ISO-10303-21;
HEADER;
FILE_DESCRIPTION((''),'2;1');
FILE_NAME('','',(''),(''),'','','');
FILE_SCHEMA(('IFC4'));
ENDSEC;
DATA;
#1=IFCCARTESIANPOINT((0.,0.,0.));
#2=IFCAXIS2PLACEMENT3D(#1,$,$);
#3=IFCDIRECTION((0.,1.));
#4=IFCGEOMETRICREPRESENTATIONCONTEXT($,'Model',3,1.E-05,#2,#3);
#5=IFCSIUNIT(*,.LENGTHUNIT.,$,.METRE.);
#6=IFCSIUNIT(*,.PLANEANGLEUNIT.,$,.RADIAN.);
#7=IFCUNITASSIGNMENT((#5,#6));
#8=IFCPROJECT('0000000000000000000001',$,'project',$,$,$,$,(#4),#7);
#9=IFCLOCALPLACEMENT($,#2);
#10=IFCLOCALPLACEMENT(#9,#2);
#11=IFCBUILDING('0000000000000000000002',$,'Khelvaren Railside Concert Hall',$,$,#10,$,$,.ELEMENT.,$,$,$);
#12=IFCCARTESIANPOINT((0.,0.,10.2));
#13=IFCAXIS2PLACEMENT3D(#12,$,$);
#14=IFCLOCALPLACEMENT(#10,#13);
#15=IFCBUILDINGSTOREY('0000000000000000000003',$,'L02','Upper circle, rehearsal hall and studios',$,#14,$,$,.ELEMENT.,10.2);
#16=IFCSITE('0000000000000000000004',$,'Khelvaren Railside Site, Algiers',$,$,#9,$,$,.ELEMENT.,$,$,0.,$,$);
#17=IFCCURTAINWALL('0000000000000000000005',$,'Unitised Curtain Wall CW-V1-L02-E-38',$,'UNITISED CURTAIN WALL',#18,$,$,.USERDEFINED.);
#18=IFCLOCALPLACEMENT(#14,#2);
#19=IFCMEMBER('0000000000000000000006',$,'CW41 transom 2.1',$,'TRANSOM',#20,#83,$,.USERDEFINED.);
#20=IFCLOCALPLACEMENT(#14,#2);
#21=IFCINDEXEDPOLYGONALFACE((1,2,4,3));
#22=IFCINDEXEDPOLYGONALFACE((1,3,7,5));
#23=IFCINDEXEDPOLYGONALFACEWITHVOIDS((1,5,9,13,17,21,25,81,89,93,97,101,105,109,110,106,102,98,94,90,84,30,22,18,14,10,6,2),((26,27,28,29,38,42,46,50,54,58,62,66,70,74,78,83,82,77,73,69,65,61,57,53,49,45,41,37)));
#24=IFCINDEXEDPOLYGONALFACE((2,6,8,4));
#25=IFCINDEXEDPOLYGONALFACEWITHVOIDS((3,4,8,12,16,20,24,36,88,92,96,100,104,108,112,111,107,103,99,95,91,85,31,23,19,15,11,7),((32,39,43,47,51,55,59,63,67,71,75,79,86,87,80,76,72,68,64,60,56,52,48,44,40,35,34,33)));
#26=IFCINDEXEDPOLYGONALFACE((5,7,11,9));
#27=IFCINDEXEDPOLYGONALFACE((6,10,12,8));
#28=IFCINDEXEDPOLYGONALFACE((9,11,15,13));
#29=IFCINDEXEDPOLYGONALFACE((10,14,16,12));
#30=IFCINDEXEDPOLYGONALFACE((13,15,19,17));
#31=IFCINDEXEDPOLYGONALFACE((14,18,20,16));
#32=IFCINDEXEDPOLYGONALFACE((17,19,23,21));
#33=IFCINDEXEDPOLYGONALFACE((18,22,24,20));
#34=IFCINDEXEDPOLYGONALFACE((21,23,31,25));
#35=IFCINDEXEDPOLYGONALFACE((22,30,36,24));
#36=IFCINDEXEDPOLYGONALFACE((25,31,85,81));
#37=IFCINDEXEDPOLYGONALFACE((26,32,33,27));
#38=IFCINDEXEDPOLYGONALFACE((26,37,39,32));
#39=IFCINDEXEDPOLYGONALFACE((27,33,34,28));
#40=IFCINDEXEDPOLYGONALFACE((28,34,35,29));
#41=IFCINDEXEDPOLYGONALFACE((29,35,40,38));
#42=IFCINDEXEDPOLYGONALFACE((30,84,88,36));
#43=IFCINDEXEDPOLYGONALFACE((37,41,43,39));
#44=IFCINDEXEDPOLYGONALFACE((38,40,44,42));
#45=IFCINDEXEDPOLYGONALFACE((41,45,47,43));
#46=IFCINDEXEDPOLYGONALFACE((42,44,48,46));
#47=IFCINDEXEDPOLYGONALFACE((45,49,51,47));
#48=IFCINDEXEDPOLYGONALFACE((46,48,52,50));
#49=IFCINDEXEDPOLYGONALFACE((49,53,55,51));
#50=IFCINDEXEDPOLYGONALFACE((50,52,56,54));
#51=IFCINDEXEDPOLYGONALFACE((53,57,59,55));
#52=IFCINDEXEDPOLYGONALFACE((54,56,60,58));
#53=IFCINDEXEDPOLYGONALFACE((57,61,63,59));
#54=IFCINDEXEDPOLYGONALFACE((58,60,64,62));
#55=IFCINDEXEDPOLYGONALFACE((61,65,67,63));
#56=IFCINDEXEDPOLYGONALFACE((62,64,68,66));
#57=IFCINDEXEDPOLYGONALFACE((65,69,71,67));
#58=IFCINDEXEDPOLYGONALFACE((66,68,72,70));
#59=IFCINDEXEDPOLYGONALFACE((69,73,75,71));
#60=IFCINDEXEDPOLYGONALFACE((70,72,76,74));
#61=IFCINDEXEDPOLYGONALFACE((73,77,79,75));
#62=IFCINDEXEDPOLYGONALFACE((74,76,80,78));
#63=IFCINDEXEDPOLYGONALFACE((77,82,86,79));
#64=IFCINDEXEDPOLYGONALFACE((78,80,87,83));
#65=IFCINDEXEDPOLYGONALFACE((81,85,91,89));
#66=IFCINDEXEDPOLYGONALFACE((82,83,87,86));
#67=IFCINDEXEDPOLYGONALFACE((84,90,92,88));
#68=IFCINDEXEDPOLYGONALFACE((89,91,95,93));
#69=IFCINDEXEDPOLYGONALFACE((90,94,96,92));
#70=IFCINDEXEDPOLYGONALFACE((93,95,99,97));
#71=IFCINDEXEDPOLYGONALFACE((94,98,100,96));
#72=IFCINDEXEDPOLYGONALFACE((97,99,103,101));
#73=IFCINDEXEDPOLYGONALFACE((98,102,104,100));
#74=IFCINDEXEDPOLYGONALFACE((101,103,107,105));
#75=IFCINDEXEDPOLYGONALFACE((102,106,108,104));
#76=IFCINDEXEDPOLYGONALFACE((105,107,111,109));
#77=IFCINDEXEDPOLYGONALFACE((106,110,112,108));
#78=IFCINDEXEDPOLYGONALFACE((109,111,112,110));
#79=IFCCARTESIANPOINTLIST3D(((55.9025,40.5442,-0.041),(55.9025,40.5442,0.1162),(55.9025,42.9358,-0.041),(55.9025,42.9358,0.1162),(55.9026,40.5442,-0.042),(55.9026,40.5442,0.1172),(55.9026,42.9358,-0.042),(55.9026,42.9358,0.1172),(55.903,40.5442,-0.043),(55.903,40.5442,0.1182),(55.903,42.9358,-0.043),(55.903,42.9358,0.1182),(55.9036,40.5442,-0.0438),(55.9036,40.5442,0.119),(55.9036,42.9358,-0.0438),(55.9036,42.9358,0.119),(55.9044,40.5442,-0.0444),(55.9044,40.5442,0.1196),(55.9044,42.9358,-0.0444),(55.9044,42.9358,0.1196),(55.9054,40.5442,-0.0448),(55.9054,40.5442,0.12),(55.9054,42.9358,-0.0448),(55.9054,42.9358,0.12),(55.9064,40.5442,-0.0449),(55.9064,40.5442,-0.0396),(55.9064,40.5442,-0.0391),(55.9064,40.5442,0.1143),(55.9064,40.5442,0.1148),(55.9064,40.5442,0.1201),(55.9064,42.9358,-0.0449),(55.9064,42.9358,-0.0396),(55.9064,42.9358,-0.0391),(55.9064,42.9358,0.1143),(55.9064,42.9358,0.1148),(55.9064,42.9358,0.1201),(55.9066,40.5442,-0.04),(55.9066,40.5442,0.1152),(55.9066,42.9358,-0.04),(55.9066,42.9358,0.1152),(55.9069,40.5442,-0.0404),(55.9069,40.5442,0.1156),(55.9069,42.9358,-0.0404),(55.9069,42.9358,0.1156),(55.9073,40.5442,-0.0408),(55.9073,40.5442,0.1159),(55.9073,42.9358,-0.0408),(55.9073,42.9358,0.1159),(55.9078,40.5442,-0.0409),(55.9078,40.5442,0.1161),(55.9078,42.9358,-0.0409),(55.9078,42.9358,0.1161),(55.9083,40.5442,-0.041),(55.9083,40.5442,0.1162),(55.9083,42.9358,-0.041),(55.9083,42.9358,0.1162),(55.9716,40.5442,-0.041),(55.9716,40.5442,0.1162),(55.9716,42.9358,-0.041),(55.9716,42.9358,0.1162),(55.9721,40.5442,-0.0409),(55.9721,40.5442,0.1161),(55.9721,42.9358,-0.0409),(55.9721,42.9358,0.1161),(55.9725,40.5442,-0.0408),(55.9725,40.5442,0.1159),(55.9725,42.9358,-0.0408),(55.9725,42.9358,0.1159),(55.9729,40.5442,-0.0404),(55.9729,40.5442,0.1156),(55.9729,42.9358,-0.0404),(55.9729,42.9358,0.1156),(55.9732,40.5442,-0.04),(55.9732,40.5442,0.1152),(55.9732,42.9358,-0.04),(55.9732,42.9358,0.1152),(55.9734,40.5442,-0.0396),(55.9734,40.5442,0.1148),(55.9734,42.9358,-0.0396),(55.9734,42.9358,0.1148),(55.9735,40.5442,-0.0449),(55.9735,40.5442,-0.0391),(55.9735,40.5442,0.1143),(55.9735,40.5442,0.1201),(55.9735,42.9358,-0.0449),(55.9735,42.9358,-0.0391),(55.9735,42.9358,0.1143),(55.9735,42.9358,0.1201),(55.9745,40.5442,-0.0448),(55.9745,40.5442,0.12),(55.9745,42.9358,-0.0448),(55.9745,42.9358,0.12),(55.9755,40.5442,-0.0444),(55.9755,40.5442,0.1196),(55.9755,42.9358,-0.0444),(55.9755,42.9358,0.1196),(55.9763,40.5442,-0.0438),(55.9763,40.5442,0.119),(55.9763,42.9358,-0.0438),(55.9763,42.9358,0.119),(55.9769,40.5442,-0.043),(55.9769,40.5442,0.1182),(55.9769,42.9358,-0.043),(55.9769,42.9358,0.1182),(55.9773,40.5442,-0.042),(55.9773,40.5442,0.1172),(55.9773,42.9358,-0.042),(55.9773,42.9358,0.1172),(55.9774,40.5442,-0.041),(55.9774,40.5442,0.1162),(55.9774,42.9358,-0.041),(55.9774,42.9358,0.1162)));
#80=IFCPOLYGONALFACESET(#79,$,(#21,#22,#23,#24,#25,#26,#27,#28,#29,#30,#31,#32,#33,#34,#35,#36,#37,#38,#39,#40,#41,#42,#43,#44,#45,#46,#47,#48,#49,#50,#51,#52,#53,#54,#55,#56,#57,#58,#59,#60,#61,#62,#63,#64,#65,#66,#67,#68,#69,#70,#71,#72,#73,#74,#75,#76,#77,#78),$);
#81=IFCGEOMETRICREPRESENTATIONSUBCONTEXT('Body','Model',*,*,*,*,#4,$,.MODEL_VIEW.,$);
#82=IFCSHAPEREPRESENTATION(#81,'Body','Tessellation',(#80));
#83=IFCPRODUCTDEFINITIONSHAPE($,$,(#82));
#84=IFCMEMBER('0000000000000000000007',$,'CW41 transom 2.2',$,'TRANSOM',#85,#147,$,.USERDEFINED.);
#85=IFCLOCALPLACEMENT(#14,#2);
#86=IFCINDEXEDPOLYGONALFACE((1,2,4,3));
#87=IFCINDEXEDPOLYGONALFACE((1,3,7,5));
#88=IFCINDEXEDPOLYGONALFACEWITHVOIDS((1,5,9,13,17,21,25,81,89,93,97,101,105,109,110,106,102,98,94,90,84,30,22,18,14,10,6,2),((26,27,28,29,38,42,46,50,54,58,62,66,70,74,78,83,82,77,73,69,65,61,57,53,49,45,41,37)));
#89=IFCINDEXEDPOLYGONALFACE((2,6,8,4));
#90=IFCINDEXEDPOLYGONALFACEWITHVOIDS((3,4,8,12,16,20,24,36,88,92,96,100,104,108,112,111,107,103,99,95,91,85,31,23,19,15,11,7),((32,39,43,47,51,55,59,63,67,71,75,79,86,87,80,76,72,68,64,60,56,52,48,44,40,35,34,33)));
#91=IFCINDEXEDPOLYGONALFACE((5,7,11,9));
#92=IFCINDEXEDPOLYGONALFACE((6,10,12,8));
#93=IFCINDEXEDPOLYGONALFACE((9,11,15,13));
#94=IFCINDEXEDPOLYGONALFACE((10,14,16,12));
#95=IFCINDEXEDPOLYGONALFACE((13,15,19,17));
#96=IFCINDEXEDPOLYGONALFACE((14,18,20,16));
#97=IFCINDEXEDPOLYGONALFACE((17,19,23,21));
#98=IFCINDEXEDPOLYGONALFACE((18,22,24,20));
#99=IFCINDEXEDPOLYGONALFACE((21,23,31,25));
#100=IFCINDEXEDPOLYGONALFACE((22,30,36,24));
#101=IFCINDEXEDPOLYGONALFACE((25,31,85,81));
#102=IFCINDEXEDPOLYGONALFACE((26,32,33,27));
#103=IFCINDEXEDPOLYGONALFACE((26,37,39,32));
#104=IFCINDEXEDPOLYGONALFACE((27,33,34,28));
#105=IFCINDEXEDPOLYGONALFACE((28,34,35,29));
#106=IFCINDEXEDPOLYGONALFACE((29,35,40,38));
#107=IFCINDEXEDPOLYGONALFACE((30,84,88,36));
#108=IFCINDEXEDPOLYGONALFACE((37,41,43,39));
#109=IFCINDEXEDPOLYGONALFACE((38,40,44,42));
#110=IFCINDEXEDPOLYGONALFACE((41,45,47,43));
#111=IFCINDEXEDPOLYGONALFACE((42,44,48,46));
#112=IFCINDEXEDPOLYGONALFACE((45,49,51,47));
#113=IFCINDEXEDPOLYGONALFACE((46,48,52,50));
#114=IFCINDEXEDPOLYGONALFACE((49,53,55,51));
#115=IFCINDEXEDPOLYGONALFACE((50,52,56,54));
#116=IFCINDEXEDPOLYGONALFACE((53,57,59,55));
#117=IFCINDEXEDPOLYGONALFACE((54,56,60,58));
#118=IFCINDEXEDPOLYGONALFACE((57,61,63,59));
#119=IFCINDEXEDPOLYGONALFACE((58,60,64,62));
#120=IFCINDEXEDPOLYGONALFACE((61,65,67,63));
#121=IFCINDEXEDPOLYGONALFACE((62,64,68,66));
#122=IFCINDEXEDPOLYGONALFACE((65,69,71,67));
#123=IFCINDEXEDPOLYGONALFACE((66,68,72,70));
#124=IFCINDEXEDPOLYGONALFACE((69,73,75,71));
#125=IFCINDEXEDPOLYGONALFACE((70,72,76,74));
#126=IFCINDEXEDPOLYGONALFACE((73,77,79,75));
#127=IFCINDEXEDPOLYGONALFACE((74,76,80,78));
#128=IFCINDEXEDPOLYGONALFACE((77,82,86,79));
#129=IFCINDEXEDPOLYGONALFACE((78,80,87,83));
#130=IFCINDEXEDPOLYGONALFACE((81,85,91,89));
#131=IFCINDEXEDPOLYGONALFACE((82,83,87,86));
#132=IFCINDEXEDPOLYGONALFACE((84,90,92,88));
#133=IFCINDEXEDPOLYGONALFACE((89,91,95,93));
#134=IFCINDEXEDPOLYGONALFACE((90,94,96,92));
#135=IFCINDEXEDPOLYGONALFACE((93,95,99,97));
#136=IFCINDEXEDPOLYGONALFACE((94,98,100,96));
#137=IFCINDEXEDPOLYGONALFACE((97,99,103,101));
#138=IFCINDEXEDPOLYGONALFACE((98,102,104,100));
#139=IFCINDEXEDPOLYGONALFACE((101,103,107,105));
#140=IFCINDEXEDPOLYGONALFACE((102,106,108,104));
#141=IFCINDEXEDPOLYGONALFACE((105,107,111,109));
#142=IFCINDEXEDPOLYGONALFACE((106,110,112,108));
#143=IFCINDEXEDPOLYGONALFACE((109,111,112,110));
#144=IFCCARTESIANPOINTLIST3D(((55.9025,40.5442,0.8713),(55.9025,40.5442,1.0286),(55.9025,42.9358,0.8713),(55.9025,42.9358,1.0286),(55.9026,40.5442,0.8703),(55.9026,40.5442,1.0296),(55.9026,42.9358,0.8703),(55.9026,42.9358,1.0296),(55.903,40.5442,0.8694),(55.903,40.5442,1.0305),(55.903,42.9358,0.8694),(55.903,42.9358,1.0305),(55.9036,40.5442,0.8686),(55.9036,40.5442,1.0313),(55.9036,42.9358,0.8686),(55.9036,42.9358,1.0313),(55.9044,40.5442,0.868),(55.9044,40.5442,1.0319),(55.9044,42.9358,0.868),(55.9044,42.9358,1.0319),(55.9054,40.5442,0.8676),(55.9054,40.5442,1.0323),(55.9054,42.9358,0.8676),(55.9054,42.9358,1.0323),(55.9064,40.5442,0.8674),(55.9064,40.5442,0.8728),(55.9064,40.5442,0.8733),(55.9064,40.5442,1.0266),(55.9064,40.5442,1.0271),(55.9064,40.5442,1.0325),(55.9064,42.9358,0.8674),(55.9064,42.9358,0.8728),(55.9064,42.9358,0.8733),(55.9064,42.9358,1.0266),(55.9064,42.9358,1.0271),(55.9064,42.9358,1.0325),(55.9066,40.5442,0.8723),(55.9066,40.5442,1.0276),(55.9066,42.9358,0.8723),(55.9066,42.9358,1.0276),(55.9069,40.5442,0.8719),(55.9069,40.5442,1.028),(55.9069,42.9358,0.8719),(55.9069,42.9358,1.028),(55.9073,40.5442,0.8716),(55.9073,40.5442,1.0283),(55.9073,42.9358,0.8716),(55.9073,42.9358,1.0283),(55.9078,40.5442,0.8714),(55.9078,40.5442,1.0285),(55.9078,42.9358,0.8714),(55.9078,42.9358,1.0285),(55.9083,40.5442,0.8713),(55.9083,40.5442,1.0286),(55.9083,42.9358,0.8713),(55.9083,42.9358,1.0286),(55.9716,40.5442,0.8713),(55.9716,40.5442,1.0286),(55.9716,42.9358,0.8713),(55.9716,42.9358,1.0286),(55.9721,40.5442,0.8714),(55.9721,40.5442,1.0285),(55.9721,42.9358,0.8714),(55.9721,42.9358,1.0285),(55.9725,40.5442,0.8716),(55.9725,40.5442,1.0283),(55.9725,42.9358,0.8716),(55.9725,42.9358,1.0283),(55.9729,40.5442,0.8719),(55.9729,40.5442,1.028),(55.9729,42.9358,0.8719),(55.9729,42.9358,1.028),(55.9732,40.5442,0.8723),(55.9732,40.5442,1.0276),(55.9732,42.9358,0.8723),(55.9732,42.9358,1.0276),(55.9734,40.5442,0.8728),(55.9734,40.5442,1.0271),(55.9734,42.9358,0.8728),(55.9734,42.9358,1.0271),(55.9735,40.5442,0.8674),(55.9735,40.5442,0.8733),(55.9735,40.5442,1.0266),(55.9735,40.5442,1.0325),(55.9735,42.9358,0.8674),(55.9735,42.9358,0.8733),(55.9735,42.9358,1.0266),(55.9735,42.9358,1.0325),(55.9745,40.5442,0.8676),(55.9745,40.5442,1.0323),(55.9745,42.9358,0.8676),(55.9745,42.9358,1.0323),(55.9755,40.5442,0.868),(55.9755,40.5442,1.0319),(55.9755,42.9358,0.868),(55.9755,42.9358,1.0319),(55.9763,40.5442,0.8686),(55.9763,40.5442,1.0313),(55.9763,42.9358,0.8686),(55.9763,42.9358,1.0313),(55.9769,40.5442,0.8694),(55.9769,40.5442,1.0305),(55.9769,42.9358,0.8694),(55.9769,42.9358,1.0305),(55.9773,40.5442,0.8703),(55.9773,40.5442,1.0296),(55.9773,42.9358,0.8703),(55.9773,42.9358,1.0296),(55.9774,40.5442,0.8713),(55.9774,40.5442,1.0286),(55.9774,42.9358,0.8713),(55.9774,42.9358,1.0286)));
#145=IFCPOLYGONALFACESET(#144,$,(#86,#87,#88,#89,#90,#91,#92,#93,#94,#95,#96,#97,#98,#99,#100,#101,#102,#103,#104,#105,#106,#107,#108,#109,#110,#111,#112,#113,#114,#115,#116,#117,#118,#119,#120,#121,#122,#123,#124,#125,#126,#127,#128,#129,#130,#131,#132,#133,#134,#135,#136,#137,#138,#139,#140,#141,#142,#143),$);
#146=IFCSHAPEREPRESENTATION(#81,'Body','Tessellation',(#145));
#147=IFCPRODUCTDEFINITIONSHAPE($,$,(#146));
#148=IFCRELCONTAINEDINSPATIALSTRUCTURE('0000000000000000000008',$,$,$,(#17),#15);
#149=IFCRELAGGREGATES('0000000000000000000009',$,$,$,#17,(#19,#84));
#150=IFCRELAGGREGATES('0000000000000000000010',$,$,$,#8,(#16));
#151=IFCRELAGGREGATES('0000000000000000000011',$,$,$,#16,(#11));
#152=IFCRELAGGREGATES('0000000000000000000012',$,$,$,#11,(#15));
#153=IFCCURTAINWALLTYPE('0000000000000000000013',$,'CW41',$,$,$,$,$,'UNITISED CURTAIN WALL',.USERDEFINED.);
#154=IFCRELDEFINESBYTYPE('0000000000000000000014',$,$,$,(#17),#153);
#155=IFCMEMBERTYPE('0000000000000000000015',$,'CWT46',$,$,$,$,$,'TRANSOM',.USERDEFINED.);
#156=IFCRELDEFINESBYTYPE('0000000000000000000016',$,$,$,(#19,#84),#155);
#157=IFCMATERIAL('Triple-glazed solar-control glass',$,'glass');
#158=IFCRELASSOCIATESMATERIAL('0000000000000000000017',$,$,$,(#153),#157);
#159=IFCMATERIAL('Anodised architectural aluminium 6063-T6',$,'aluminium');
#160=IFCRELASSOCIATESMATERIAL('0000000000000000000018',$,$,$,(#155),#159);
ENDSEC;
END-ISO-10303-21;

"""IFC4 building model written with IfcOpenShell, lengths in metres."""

from ifc_helpers import new_model, si_unit, direction, frame, origin, origin_2d, place, context, subcontext, project, spatial, hollow_rectangle, extrude, material, material_profile, profile_set, type_object, element, aggregate, save


model = new_model("IFC4")

# Units and contexts
model_context = context("Model", 3, precision=1e-05, world=origin(), true_north=direction((0.0, 1.0)))
body_context = subcontext(model_context, "Body", "Model", "MODEL_VIEW")
ifc_project = project(units=[si_unit("LENGTHUNIT", "METRE"), si_unit("PLANEANGLEUNIT", "RADIAN")], contexts=[model_context])

# Site, building, storey
site_placement = place(None, origin())
site = spatial("IfcSite", under=ifc_project, at=site_placement, Name="Khelvaren Railside Site, Algiers", CompositionType="ELEMENT", RefElevation=0.0)
building_placement = place(site_placement, origin())
building = spatial("IfcBuilding", under=site, at=building_placement, Name="Khelvaren Railside Concert Hall", CompositionType="ELEMENT")
storey_placement = place(building_placement, frame((0.0, 0.0, 10.2)))
storey = spatial("IfcBuildingStorey", under=building, at=storey_placement, Name="L02", Description="Upper circle, rehearsal hall and studios", CompositionType="ELEMENT", Elevation=10.2)

# Curtain wall, members
ifc_material_1 = material(Name="Triple-glazed solar-control glass", Category="glass")
curtain_wall_type = type_object("IfcCurtainWallType", Name="CW41", ElementType="UNITISED CURTAIN WALL", PredefinedType="USERDEFINED", material=ifc_material_1)
curtain_wall_placement = place(storey_placement, origin())
curtain_wall = element("IfcCurtainWall", 1, at=curtain_wall_placement, inside=storey, type_object=curtain_wall_type, Name="Unitised Curtain Wall CW-V1-L02-E-38", ObjectType="UNITISED CURTAIN WALL", PredefinedType="USERDEFINED")
ifc_material_2 = material(Name="Anodised architectural aluminium 6063-T6", Category="aluminium")
ifc_material_profile_1 = material_profile(ifc_material_2, hollow_rectangle(XDim=0.075, YDim=0.165, WallThickness=0.0039, InnerFilletRadius=0.002, OuterFilletRadius=0.0039, at=origin_2d()), Name="CWT 75x165x4")
ifc_profile_set_1 = profile_set([ifc_material_profile_1], Name="Anodised architectural aluminium 6063-T6")
member_type_1 = type_object("IfcMemberType", Name="CWT46", ElementType="TRANSOM", PredefinedType="USERDEFINED", material=ifc_profile_set_1)
member_1_placement = place(storey_placement, frame((55.9399, 42.9358, 0.0376), z_axis=(0.0, -1.0, 0.0), x_axis=(1.0, 0.0, 0.0)))
member_1 = element("IfcMember", 2, at=member_1_placement, type_object=member_type_1, Name="CW41 transom 2.1", ObjectType="TRANSOM", PredefinedType="USERDEFINED", context=body_context, shape_type="SweptSolid", body=[
    extrude(hollow_rectangle(XDim=0.075, YDim=0.165, WallThickness=0.0039, InnerFilletRadius=0.002, OuterFilletRadius=0.0039, at=origin_2d()), origin(), (0.0, 0.0, 1.0), 2.3916),
])
member_2_placement = place(storey_placement, frame((55.9399, 42.9358, 0.95), z_axis=(0.0, -1.0, 0.0), x_axis=(1.0, 0.0, 0.0)))
member_2 = element("IfcMember", 3, at=member_2_placement, type_object=member_type_1, Name="CW41 transom 2.2", ObjectType="TRANSOM", PredefinedType="USERDEFINED", context=body_context, shape_type="SweptSolid", body=[
    extrude(hollow_rectangle(XDim=0.075, YDim=0.165, WallThickness=0.0039, InnerFilletRadius=0.002, OuterFilletRadius=0.0039, at=origin_2d()), origin(), (0.0, 0.0, 1.0), 2.3916),
])
aggregate(curtain_wall, [member_1, member_2])

save(model, "model.ifc")
